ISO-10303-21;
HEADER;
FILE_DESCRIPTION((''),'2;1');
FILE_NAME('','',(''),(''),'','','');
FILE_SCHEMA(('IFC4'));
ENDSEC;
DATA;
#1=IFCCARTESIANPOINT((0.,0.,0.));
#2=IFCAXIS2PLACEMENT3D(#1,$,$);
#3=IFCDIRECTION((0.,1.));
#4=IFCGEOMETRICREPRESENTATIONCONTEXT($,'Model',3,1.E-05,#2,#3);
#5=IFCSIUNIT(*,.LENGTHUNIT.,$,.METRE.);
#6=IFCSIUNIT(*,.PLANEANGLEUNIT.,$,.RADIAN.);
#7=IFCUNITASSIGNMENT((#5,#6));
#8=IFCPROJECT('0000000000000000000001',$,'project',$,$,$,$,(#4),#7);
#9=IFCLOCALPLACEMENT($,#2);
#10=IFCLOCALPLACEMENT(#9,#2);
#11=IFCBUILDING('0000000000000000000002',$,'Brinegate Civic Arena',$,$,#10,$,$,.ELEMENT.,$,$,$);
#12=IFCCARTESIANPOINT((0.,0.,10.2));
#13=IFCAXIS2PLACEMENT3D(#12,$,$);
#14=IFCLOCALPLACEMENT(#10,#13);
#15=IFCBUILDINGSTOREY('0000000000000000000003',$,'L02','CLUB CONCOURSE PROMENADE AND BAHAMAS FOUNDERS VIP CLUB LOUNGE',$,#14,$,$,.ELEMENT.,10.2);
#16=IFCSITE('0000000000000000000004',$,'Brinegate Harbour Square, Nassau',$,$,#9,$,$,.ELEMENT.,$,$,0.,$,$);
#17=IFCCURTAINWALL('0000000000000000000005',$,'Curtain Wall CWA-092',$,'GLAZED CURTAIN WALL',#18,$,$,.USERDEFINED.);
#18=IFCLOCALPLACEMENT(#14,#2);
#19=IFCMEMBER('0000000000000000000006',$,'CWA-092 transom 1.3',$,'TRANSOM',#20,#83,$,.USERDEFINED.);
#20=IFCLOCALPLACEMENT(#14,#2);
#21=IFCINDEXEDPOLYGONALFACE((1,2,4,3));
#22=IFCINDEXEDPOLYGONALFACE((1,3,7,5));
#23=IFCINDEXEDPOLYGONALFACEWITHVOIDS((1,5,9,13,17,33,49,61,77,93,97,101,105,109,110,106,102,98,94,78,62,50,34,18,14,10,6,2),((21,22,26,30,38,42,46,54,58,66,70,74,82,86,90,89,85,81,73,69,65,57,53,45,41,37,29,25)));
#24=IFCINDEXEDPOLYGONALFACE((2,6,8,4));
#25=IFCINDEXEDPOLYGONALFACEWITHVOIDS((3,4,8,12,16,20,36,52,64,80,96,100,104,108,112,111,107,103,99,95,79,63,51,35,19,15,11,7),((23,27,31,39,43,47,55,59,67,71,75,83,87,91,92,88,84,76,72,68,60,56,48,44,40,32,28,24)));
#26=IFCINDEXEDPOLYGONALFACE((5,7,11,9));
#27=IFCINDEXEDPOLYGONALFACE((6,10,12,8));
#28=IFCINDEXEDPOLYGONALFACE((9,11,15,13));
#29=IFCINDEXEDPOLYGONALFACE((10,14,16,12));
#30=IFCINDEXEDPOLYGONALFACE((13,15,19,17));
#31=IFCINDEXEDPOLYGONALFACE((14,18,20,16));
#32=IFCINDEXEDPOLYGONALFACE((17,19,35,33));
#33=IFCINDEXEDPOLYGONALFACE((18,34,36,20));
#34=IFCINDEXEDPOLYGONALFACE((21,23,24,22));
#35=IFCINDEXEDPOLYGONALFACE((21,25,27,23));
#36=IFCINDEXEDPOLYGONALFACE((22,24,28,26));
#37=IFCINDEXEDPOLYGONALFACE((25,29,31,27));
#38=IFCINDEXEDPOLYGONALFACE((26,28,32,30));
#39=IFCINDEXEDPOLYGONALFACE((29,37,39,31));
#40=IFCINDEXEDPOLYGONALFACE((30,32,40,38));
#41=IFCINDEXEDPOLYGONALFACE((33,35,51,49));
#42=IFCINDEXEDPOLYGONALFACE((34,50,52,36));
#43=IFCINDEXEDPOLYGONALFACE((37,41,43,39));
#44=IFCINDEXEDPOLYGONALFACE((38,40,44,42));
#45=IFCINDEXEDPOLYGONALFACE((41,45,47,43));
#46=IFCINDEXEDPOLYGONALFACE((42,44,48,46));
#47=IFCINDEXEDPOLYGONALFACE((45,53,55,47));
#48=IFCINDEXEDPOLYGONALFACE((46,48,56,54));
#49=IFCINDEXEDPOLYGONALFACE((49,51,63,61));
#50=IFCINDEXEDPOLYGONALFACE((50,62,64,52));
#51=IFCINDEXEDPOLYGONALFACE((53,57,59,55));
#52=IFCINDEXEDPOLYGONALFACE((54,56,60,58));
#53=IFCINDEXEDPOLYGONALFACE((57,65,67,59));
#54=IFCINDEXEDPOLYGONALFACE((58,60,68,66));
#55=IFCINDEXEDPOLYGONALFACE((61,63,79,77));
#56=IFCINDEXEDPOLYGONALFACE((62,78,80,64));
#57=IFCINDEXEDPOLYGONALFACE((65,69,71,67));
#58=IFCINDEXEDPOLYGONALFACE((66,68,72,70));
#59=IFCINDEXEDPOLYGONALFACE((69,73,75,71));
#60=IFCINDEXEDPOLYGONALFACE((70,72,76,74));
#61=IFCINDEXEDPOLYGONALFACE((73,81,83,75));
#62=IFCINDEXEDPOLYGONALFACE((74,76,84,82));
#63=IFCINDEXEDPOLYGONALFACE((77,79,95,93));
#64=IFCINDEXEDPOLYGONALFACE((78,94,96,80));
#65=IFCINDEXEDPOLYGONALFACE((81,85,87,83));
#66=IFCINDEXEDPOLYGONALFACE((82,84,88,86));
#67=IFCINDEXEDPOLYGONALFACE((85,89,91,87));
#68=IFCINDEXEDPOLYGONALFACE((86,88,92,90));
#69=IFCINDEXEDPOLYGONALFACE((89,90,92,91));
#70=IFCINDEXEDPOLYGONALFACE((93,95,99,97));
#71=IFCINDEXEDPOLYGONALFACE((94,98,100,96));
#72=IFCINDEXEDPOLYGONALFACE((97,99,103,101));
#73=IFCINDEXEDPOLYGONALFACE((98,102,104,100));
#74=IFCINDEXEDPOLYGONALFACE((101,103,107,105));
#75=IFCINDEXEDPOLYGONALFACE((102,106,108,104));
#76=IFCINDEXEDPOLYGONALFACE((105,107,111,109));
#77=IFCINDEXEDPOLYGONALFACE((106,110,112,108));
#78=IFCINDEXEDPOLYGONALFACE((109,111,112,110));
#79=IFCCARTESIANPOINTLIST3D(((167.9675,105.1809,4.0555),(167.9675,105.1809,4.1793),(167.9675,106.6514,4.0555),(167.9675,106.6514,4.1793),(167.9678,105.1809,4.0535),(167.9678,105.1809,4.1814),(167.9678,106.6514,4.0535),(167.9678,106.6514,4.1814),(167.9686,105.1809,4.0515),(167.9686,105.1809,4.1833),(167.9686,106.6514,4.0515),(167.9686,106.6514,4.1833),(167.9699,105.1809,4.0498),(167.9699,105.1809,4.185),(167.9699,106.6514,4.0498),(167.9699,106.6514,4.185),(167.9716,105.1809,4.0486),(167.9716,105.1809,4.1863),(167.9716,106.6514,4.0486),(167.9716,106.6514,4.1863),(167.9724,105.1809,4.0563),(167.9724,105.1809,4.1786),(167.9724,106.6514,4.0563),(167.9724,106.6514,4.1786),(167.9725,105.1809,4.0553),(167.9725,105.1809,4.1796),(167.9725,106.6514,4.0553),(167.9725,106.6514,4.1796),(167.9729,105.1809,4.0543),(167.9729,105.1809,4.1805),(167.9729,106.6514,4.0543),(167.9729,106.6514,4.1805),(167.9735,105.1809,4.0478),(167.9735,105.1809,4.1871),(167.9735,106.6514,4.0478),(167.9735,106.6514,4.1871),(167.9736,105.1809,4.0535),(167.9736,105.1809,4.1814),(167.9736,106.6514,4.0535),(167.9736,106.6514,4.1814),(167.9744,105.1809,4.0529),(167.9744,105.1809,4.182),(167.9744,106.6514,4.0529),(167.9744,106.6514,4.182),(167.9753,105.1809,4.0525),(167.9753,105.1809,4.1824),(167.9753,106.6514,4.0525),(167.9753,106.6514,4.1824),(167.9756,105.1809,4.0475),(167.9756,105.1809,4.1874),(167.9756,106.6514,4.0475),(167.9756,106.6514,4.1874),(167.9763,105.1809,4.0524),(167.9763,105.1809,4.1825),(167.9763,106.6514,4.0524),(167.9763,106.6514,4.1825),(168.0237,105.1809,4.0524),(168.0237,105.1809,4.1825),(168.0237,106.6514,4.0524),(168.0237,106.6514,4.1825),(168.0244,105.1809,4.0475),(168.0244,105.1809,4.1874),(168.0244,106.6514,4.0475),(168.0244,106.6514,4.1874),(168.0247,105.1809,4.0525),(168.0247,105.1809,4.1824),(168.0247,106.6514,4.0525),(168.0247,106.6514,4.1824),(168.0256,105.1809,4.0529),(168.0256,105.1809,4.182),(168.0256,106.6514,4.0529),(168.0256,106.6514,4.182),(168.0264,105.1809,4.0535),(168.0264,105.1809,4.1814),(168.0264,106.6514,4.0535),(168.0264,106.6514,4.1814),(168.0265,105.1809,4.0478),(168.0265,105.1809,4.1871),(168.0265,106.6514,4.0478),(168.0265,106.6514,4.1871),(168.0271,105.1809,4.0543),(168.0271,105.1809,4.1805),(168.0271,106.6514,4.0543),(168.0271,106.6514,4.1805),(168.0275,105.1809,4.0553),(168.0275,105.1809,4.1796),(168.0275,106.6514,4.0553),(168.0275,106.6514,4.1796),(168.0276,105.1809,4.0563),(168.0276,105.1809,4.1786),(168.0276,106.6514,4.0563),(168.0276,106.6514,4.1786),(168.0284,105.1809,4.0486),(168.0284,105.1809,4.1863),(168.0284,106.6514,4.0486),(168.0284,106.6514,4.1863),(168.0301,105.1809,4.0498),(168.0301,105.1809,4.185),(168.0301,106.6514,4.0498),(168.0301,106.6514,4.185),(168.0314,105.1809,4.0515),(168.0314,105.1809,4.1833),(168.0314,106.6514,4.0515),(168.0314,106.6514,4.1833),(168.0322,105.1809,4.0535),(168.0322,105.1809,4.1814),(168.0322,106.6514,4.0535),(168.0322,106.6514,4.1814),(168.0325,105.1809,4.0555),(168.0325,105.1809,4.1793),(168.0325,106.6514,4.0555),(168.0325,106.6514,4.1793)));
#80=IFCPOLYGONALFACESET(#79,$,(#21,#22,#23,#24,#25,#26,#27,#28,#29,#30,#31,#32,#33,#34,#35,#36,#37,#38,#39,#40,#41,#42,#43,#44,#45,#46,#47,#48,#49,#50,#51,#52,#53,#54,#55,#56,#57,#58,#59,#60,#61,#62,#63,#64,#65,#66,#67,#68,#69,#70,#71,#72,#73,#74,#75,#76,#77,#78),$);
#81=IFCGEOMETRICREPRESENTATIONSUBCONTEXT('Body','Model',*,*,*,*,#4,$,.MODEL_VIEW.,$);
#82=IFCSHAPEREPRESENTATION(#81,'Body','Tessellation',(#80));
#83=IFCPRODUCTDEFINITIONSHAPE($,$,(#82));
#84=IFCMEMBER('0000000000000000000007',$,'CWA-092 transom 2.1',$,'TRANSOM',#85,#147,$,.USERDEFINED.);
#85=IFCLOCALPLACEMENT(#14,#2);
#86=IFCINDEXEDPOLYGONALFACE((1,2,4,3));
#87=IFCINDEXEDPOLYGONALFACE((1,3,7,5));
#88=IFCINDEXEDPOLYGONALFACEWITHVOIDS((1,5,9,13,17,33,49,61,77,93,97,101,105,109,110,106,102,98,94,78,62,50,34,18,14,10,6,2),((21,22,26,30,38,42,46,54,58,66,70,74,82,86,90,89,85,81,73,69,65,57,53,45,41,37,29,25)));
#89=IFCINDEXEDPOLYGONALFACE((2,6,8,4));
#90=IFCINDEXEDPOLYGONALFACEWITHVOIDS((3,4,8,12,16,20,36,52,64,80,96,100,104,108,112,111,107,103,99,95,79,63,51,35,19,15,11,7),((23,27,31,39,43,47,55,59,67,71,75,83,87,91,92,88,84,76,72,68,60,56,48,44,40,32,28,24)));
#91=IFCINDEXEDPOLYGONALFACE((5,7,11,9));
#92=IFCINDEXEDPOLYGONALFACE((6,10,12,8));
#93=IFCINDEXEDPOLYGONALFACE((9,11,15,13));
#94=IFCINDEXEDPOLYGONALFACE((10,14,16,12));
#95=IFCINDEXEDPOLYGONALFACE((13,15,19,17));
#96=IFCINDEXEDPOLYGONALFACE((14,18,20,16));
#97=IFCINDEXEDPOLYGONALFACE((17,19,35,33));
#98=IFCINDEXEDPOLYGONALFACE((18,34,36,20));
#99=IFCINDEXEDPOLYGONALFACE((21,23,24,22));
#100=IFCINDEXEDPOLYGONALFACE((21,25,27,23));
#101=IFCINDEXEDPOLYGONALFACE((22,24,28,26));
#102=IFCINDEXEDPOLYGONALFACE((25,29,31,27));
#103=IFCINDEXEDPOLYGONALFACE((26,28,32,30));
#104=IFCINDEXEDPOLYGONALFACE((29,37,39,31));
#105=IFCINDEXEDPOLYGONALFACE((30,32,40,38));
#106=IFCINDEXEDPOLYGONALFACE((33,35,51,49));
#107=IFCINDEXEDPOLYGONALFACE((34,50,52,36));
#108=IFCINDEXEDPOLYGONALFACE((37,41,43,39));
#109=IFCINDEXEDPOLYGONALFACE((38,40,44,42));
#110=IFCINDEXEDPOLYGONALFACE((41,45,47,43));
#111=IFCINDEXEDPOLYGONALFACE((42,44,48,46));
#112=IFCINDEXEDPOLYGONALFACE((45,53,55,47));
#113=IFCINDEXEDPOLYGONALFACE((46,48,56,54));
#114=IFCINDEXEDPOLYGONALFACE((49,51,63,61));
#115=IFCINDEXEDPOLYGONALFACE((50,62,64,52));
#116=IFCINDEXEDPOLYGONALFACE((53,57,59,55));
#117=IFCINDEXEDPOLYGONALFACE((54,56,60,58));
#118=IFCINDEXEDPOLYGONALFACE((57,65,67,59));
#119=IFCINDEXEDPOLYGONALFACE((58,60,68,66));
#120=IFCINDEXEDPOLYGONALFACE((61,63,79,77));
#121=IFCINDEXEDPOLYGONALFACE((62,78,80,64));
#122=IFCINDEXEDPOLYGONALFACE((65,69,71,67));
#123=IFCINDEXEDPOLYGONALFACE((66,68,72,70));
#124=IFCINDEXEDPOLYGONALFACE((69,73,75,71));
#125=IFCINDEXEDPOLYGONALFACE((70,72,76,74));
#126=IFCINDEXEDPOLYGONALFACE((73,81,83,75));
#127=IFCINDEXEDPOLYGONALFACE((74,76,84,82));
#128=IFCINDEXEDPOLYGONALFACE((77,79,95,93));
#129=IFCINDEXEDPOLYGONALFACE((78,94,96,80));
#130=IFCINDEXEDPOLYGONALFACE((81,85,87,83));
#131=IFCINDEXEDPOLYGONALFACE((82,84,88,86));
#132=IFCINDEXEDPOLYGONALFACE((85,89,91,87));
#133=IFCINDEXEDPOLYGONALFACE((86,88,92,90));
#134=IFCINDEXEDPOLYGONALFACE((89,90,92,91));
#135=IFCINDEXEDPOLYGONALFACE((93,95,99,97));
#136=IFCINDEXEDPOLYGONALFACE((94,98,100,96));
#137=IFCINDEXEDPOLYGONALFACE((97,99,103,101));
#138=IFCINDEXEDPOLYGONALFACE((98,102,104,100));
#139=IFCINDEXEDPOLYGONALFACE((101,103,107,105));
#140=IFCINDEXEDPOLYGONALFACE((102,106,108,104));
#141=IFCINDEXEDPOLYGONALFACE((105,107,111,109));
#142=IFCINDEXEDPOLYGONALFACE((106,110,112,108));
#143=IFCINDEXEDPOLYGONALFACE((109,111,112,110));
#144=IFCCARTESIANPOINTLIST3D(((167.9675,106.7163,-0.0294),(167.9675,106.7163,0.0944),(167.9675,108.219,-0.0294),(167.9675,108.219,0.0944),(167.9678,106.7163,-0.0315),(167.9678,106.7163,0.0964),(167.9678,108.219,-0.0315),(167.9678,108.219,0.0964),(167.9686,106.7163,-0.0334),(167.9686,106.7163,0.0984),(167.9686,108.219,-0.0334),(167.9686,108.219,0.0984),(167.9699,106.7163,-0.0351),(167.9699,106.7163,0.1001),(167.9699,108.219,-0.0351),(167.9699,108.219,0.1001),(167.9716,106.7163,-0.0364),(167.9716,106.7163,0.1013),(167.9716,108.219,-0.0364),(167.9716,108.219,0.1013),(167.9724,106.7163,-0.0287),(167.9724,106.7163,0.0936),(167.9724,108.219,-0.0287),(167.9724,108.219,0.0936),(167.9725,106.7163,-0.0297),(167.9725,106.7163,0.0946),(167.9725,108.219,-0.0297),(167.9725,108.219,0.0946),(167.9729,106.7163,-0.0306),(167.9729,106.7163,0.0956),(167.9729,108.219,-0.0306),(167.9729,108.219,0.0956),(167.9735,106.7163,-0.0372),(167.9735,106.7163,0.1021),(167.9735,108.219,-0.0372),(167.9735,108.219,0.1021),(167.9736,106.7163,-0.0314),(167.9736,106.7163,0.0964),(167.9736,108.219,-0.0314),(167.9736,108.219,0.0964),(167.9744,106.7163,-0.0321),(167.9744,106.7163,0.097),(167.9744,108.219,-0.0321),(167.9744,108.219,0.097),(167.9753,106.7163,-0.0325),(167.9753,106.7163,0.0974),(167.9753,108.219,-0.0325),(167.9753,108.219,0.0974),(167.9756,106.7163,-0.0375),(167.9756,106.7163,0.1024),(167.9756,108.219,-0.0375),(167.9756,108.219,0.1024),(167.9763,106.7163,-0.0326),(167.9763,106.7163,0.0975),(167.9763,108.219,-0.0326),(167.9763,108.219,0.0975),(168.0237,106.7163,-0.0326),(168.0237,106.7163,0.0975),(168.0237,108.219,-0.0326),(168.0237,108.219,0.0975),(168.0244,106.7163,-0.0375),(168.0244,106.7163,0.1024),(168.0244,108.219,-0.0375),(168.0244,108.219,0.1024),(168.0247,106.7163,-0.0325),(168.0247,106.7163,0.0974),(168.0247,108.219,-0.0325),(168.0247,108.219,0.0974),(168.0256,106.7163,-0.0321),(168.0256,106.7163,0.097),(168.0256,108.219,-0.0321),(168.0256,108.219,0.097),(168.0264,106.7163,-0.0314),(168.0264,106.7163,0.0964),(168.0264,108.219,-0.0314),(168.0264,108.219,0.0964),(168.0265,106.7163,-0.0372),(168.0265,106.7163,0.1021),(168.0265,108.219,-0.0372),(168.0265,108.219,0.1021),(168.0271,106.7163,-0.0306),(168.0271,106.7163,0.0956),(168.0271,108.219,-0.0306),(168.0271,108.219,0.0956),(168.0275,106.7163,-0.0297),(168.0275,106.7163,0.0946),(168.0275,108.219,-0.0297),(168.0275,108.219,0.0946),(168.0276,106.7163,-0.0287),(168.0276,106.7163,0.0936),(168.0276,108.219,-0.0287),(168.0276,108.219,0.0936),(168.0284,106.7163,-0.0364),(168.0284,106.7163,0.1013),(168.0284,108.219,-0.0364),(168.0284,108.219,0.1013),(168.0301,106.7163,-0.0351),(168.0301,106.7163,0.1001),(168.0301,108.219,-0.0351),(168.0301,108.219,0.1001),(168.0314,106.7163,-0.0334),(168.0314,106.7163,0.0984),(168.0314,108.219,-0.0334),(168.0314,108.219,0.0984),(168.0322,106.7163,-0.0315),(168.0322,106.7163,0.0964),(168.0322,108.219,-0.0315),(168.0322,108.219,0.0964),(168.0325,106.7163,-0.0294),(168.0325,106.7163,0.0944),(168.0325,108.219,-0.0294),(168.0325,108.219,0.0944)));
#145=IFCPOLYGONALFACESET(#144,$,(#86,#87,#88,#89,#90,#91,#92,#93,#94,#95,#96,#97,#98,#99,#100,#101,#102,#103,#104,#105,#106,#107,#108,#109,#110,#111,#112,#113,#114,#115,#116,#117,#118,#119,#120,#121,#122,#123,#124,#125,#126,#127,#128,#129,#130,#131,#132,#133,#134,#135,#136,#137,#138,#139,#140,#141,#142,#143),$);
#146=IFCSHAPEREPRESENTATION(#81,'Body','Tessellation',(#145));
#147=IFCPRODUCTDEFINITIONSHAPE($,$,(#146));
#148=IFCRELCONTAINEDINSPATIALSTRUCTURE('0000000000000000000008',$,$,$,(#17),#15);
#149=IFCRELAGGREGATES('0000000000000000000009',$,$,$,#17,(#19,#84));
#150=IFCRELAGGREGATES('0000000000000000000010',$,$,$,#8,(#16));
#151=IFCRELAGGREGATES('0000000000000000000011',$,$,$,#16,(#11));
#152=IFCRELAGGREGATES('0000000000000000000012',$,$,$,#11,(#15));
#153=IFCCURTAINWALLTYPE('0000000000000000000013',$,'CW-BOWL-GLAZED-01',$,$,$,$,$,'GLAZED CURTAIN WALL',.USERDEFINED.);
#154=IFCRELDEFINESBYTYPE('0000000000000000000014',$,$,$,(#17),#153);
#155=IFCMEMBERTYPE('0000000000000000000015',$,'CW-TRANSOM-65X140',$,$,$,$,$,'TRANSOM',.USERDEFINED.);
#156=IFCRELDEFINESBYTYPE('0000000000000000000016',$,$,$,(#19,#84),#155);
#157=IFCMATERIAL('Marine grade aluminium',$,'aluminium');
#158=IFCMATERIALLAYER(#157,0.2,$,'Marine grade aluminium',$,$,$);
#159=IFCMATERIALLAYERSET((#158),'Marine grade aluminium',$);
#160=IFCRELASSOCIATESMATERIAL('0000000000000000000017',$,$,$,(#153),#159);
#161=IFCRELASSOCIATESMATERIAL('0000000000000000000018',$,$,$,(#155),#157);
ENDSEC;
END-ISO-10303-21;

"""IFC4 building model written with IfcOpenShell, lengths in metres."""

from ifc_helpers import new_model, si_unit, direction, frame, origin, origin_2d, place, context, subcontext, project, spatial, hollow_rectangle, extrude, material, layer, layer_set, material_profile, profile_set, type_object, element, aggregate, save


model = new_model("IFC4")

# Units and contexts
model_context = context("Model", 3, precision=1e-05, world=origin(), true_north=direction((0.0, 1.0)))
body_context = subcontext(model_context, "Body", "Model", "MODEL_VIEW")
ifc_project = project(units=[si_unit("LENGTHUNIT", "METRE"), si_unit("PLANEANGLEUNIT", "RADIAN")], contexts=[model_context])

# Site, building, storey
site_placement = place(None, origin())
site = spatial("IfcSite", under=ifc_project, at=site_placement, Name="Brinegate Harbour Square, Nassau", CompositionType="ELEMENT", RefElevation=0.0)
building_placement = place(site_placement, origin())
building = spatial("IfcBuilding", under=site, at=building_placement, Name="Brinegate Civic Arena", CompositionType="ELEMENT")
storey_placement = place(building_placement, frame((0.0, 0.0, 10.2)))
storey = spatial("IfcBuildingStorey", under=building, at=storey_placement, Name="L02", Description="CLUB CONCOURSE PROMENADE AND BAHAMAS FOUNDERS VIP CLUB LOUNGE", CompositionType="ELEMENT", Elevation=10.2)

# Curtain wall
ifc_material_1 = material(Name="Marine grade aluminium", Category="aluminium")
ifc_layer_1 = layer(ifc_material_1, 0.2, Name="Marine grade aluminium")
ifc_layer_set_1 = layer_set([ifc_layer_1], Name="Marine grade aluminium")
curtain_wall_type = type_object("IfcCurtainWallType", Name="CW-BOWL-GLAZED-01", ElementType="GLAZED CURTAIN WALL", PredefinedType="USERDEFINED", material=ifc_layer_set_1)
curtain_wall_1_placement = place(storey_placement, origin())
curtain_wall_1 = element("IfcCurtainWall", 1, at=curtain_wall_1_placement, inside=storey, type_object=curtain_wall_type, Name="Curtain Wall CWA-092", ObjectType="GLAZED CURTAIN WALL", PredefinedType="USERDEFINED")

# Members
ifc_material_profile_1 = material_profile(ifc_material_1, hollow_rectangle(XDim=0.0649, YDim=0.1399, WallThickness=0.0049, InnerFilletRadius=0.0039, OuterFilletRadius=0.0081, at=origin_2d()), Name="TRN65X140")
ifc_profile_set_1 = profile_set([ifc_material_profile_1], Name="Marine grade aluminium")
member_type_1 = type_object("IfcMemberType", Name="CW-TRANSOM-65X140", ElementType="TRANSOM", PredefinedType="USERDEFINED", material=ifc_profile_set_1)
member_1_placement = place(storey_placement, frame((168.0, 105.1809, 4.1174), z_axis=(0.0, 1.0, 0.0), x_axis=(-1.0, 0.0, 0.0)))
member_1 = element("IfcMember", 2, at=member_1_placement, type_object=member_type_1, Name="CWA-092 transom 1.3", ObjectType="TRANSOM", PredefinedType="USERDEFINED", context=body_context, shape_type="SweptSolid", body=[
    extrude(hollow_rectangle(XDim=0.0649, YDim=0.1399, WallThickness=0.0049, InnerFilletRadius=0.0039, OuterFilletRadius=0.0081, at=origin_2d()), origin(), (0.0, 0.0, 1.0), 1.4705),
])
member_2_placement = place(storey_placement, frame((168.0, 106.7163, 0.0325), z_axis=(0.0, 1.0, 0.0), x_axis=(-1.0, 0.0, 0.0)))
member_2 = element("IfcMember", 3, at=member_2_placement, type_object=member_type_1, Name="CWA-092 transom 2.1", ObjectType="TRANSOM", PredefinedType="USERDEFINED", context=body_context, shape_type="SweptSolid", body=[
    extrude(hollow_rectangle(XDim=0.0649, YDim=0.1399, WallThickness=0.0049, InnerFilletRadius=0.0039, OuterFilletRadius=0.0081, at=origin_2d()), origin(), (0.0, 0.0, 1.0), 1.5027),
])

aggregate(curtain_wall_1, [member_1, member_2])

save(model, "model.ifc")
